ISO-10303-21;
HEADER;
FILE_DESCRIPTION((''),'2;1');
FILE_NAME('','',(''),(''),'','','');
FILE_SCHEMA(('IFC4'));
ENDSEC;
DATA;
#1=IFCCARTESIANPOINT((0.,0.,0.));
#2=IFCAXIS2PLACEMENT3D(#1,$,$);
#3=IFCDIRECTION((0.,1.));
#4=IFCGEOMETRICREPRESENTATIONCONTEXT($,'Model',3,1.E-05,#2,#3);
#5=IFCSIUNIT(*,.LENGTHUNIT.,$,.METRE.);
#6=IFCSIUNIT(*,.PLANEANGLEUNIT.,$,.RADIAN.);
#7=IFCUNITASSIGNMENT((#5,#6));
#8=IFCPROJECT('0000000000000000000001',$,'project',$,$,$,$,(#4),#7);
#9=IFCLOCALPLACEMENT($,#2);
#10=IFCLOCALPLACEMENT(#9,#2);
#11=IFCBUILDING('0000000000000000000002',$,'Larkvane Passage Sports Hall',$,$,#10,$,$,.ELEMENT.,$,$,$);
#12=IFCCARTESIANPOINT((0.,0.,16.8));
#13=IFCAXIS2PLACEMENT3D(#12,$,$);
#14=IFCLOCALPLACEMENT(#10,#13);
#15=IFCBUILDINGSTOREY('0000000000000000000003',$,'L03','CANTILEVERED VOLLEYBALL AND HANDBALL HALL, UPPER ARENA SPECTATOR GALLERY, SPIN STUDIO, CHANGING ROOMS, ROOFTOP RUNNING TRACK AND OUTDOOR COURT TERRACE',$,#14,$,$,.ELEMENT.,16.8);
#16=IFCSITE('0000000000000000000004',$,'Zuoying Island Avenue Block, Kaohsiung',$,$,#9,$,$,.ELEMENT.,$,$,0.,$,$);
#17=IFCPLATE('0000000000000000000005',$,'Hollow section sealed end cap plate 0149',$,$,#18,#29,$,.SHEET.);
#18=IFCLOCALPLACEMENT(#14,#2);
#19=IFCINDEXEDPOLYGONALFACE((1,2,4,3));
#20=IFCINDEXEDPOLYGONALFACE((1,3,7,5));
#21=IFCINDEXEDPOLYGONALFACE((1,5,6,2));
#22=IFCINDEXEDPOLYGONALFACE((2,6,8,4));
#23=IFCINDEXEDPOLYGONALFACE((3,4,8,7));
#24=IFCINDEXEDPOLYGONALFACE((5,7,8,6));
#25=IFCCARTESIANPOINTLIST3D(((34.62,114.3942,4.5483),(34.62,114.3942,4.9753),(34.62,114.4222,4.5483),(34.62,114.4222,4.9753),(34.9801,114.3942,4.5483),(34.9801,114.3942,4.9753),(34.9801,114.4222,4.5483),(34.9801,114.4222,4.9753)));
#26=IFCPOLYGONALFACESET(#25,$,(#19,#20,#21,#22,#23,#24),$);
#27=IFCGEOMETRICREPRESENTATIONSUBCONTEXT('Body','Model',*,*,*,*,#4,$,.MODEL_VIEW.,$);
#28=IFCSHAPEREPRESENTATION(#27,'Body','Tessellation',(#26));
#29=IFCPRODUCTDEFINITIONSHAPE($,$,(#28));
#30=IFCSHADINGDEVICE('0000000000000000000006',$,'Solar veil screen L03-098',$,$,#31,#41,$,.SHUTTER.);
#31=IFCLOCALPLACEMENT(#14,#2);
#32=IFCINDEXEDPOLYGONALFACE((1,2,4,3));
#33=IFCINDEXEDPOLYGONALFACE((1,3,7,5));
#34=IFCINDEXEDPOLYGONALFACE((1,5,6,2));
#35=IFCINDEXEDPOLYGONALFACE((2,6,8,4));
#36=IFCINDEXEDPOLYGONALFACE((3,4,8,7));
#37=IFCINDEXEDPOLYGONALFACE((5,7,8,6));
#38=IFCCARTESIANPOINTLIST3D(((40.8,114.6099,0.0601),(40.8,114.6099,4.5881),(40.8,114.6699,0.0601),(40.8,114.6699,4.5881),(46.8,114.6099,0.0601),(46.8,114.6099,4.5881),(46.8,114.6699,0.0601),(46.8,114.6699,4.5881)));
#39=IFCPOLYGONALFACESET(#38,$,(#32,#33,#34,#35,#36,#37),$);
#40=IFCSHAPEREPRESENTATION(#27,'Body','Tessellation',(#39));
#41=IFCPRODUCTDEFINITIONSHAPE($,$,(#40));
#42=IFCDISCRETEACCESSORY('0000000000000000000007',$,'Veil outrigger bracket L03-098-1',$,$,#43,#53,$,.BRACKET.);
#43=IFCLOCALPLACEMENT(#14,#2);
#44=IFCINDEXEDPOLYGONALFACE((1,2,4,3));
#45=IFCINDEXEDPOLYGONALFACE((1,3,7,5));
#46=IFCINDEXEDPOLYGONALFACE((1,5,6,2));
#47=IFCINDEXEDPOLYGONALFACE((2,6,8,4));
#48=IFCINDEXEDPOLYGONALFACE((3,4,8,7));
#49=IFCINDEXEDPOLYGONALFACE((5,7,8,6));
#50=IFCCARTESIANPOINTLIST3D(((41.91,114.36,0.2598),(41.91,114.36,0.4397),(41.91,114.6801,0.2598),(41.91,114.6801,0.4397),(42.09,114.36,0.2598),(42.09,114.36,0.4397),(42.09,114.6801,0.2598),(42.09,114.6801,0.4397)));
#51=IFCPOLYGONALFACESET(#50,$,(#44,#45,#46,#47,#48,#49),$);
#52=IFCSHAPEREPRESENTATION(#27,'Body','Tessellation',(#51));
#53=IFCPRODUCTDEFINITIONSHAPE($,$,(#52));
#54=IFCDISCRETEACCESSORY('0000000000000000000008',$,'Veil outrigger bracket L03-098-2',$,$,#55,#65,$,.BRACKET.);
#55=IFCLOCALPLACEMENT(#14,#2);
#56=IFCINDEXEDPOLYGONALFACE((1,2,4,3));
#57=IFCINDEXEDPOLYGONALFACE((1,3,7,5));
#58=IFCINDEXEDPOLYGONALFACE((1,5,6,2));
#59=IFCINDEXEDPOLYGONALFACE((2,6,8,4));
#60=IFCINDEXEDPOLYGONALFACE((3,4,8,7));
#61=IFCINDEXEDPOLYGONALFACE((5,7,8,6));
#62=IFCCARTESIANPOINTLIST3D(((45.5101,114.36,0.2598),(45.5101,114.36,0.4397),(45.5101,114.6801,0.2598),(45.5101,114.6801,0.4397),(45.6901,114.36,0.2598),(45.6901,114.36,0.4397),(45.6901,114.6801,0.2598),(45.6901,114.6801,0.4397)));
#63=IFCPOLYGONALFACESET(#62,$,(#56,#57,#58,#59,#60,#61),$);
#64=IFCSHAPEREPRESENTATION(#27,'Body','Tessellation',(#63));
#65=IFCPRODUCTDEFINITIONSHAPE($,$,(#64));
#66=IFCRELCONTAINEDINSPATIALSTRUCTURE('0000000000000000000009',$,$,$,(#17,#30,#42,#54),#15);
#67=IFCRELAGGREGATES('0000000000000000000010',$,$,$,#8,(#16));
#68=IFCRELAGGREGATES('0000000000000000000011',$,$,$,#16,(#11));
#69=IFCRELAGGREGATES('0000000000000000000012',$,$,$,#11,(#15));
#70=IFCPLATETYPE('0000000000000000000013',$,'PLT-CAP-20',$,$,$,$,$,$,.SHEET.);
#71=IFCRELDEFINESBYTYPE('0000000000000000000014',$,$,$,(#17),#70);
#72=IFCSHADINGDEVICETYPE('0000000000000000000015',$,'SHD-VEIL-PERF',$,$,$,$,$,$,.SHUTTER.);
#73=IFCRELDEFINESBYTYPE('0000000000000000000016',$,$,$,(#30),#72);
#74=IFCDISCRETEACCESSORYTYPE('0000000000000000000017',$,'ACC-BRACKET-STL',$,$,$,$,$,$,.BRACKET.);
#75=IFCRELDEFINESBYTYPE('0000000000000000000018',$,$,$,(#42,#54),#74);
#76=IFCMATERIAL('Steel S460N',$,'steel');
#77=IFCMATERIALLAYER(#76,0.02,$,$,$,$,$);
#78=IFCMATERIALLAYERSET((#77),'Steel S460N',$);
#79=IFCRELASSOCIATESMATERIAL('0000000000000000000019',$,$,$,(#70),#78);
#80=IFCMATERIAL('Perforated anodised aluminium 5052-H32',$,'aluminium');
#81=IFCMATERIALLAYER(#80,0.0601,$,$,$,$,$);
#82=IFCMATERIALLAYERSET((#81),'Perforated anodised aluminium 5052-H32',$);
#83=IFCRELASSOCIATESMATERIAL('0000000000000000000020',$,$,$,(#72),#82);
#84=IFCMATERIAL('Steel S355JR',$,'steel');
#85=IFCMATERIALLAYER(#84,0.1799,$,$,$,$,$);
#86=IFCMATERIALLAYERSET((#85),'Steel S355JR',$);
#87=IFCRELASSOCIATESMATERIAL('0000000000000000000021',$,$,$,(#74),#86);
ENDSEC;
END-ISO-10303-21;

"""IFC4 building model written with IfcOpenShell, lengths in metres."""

from ifc_helpers import new_model, si_unit, direction, frame, origin, origin_2d, place, context, subcontext, project, spatial, rectangle, extrude, material, layer, layer_set, type_object, element, save


model = new_model("IFC4")

# Units and contexts
model_context = context("Model", 3, precision=1e-05, world=origin(), true_north=direction((0.0, 1.0)))
body_context = subcontext(model_context, "Body", "Model", "MODEL_VIEW")
ifc_project = project(units=[si_unit("LENGTHUNIT", "METRE"), si_unit("PLANEANGLEUNIT", "RADIAN")], contexts=[model_context])

# Site, building, storey
site_placement = place(None, origin())
site = spatial("IfcSite", under=ifc_project, at=site_placement, Name="Zuoying Island Avenue Block, Kaohsiung", CompositionType="ELEMENT", RefElevation=0.0)
building_placement = place(site_placement, origin())
building = spatial("IfcBuilding", under=site, at=building_placement, Name="Larkvane Passage Sports Hall", CompositionType="ELEMENT")
storey_placement = place(building_placement, frame((0.0, 0.0, 16.8)))
storey = spatial("IfcBuildingStorey", under=building, at=storey_placement, Name="L03", Description="CANTILEVERED VOLLEYBALL AND HANDBALL HALL, UPPER ARENA SPECTATOR GALLERY, SPIN STUDIO, CHANGING ROOMS, ROOFTOP RUNNING TRACK AND OUTDOOR COURT TERRACE", CompositionType="ELEMENT", Elevation=16.8)

# Plate
ifc_material_1 = material(Name="Steel S460N", Category="steel")
ifc_layer_1 = layer(ifc_material_1, 0.02)
ifc_layer_set_1 = layer_set([ifc_layer_1], Name="Steel S460N")
plate_type_1 = type_object("IfcPlateType", Name="PLT-CAP-20", PredefinedType="SHEET", material=ifc_layer_set_1)
plate_1_placement = place(storey_placement, frame((34.8, 114.4082, 4.5483), z_axis=(0.0, 0.0, 1.0), x_axis=(-1.0, 0.0, 0.0)))
element("IfcPlate", 1, at=plate_1_placement, inside=storey, type_object=plate_type_1, Name="Hollow section sealed end cap plate 0149", PredefinedType="SHEET", context=body_context, shape_type="SweptSolid", body=[
    extrude(rectangle(XDim=0.3601, YDim=0.0281, at=origin_2d()), origin(), (0.0, 0.0, 1.0), 0.427),
])

# Shading device
ifc_material_2 = material(Name="Perforated anodised aluminium 5052-H32", Category="aluminium")
ifc_layer_2 = layer(ifc_material_2, 0.0601)
ifc_layer_set_2 = layer_set([ifc_layer_2], Name="Perforated anodised aluminium 5052-H32")
shading_device_type = type_object("IfcShadingDeviceType", Name="SHD-VEIL-PERF", PredefinedType="SHUTTER", material=ifc_layer_set_2)
shading_device_placement = place(storey_placement, frame((43.8, 114.6399, 0.0601), z_axis=(0.0, 0.0, 1.0), x_axis=(1.0, 0.0, 0.0)))
element("IfcShadingDevice", 2, at=shading_device_placement, inside=storey, type_object=shading_device_type, Name="Solar veil screen L03-098", PredefinedType="SHUTTER", context=body_context, shape_type="SweptSolid", body=[
    extrude(rectangle(XDim=6.0, YDim=0.0601, at=origin_2d()), origin(), (0.0, 0.0, 1.0), 4.5281),
])

# Discrete accessories
ifc_material_3 = material(Name="Steel S355JR", Category="steel")
ifc_layer_3 = layer(ifc_material_3, 0.1799)
ifc_layer_set_3 = layer_set([ifc_layer_3], Name="Steel S355JR")
discrete_accessory_type = type_object("IfcDiscreteAccessoryType", Name="ACC-BRACKET-STL", PredefinedType="BRACKET", material=ifc_layer_set_3)
for number, where, z_axis, x_axis, name in (
    (3, (42.0, 114.52, 0.2598), (0.0, 0.0, 1.0), (1.0, 0.0, 0.0), "Veil outrigger bracket L03-098-1"),
    (4, (45.6001, 114.52, 0.2598), (0.0, 0.0, 1.0), (1.0, 0.0, 0.0), "Veil outrigger bracket L03-098-2"),
):
    element("IfcDiscreteAccessory", number, at=place(storey_placement, frame(where, z_axis=z_axis, x_axis=x_axis)), inside=storey, type_object=discrete_accessory_type, Name=name, PredefinedType="BRACKET", context=body_context, shape_type="SweptSolid", body=[
        extrude(rectangle(XDim=0.1799, YDim=0.3201, at=origin_2d()), origin(), (0.0, 0.0, 1.0), 0.1799),
    ])

save(model, "model.ifc")
